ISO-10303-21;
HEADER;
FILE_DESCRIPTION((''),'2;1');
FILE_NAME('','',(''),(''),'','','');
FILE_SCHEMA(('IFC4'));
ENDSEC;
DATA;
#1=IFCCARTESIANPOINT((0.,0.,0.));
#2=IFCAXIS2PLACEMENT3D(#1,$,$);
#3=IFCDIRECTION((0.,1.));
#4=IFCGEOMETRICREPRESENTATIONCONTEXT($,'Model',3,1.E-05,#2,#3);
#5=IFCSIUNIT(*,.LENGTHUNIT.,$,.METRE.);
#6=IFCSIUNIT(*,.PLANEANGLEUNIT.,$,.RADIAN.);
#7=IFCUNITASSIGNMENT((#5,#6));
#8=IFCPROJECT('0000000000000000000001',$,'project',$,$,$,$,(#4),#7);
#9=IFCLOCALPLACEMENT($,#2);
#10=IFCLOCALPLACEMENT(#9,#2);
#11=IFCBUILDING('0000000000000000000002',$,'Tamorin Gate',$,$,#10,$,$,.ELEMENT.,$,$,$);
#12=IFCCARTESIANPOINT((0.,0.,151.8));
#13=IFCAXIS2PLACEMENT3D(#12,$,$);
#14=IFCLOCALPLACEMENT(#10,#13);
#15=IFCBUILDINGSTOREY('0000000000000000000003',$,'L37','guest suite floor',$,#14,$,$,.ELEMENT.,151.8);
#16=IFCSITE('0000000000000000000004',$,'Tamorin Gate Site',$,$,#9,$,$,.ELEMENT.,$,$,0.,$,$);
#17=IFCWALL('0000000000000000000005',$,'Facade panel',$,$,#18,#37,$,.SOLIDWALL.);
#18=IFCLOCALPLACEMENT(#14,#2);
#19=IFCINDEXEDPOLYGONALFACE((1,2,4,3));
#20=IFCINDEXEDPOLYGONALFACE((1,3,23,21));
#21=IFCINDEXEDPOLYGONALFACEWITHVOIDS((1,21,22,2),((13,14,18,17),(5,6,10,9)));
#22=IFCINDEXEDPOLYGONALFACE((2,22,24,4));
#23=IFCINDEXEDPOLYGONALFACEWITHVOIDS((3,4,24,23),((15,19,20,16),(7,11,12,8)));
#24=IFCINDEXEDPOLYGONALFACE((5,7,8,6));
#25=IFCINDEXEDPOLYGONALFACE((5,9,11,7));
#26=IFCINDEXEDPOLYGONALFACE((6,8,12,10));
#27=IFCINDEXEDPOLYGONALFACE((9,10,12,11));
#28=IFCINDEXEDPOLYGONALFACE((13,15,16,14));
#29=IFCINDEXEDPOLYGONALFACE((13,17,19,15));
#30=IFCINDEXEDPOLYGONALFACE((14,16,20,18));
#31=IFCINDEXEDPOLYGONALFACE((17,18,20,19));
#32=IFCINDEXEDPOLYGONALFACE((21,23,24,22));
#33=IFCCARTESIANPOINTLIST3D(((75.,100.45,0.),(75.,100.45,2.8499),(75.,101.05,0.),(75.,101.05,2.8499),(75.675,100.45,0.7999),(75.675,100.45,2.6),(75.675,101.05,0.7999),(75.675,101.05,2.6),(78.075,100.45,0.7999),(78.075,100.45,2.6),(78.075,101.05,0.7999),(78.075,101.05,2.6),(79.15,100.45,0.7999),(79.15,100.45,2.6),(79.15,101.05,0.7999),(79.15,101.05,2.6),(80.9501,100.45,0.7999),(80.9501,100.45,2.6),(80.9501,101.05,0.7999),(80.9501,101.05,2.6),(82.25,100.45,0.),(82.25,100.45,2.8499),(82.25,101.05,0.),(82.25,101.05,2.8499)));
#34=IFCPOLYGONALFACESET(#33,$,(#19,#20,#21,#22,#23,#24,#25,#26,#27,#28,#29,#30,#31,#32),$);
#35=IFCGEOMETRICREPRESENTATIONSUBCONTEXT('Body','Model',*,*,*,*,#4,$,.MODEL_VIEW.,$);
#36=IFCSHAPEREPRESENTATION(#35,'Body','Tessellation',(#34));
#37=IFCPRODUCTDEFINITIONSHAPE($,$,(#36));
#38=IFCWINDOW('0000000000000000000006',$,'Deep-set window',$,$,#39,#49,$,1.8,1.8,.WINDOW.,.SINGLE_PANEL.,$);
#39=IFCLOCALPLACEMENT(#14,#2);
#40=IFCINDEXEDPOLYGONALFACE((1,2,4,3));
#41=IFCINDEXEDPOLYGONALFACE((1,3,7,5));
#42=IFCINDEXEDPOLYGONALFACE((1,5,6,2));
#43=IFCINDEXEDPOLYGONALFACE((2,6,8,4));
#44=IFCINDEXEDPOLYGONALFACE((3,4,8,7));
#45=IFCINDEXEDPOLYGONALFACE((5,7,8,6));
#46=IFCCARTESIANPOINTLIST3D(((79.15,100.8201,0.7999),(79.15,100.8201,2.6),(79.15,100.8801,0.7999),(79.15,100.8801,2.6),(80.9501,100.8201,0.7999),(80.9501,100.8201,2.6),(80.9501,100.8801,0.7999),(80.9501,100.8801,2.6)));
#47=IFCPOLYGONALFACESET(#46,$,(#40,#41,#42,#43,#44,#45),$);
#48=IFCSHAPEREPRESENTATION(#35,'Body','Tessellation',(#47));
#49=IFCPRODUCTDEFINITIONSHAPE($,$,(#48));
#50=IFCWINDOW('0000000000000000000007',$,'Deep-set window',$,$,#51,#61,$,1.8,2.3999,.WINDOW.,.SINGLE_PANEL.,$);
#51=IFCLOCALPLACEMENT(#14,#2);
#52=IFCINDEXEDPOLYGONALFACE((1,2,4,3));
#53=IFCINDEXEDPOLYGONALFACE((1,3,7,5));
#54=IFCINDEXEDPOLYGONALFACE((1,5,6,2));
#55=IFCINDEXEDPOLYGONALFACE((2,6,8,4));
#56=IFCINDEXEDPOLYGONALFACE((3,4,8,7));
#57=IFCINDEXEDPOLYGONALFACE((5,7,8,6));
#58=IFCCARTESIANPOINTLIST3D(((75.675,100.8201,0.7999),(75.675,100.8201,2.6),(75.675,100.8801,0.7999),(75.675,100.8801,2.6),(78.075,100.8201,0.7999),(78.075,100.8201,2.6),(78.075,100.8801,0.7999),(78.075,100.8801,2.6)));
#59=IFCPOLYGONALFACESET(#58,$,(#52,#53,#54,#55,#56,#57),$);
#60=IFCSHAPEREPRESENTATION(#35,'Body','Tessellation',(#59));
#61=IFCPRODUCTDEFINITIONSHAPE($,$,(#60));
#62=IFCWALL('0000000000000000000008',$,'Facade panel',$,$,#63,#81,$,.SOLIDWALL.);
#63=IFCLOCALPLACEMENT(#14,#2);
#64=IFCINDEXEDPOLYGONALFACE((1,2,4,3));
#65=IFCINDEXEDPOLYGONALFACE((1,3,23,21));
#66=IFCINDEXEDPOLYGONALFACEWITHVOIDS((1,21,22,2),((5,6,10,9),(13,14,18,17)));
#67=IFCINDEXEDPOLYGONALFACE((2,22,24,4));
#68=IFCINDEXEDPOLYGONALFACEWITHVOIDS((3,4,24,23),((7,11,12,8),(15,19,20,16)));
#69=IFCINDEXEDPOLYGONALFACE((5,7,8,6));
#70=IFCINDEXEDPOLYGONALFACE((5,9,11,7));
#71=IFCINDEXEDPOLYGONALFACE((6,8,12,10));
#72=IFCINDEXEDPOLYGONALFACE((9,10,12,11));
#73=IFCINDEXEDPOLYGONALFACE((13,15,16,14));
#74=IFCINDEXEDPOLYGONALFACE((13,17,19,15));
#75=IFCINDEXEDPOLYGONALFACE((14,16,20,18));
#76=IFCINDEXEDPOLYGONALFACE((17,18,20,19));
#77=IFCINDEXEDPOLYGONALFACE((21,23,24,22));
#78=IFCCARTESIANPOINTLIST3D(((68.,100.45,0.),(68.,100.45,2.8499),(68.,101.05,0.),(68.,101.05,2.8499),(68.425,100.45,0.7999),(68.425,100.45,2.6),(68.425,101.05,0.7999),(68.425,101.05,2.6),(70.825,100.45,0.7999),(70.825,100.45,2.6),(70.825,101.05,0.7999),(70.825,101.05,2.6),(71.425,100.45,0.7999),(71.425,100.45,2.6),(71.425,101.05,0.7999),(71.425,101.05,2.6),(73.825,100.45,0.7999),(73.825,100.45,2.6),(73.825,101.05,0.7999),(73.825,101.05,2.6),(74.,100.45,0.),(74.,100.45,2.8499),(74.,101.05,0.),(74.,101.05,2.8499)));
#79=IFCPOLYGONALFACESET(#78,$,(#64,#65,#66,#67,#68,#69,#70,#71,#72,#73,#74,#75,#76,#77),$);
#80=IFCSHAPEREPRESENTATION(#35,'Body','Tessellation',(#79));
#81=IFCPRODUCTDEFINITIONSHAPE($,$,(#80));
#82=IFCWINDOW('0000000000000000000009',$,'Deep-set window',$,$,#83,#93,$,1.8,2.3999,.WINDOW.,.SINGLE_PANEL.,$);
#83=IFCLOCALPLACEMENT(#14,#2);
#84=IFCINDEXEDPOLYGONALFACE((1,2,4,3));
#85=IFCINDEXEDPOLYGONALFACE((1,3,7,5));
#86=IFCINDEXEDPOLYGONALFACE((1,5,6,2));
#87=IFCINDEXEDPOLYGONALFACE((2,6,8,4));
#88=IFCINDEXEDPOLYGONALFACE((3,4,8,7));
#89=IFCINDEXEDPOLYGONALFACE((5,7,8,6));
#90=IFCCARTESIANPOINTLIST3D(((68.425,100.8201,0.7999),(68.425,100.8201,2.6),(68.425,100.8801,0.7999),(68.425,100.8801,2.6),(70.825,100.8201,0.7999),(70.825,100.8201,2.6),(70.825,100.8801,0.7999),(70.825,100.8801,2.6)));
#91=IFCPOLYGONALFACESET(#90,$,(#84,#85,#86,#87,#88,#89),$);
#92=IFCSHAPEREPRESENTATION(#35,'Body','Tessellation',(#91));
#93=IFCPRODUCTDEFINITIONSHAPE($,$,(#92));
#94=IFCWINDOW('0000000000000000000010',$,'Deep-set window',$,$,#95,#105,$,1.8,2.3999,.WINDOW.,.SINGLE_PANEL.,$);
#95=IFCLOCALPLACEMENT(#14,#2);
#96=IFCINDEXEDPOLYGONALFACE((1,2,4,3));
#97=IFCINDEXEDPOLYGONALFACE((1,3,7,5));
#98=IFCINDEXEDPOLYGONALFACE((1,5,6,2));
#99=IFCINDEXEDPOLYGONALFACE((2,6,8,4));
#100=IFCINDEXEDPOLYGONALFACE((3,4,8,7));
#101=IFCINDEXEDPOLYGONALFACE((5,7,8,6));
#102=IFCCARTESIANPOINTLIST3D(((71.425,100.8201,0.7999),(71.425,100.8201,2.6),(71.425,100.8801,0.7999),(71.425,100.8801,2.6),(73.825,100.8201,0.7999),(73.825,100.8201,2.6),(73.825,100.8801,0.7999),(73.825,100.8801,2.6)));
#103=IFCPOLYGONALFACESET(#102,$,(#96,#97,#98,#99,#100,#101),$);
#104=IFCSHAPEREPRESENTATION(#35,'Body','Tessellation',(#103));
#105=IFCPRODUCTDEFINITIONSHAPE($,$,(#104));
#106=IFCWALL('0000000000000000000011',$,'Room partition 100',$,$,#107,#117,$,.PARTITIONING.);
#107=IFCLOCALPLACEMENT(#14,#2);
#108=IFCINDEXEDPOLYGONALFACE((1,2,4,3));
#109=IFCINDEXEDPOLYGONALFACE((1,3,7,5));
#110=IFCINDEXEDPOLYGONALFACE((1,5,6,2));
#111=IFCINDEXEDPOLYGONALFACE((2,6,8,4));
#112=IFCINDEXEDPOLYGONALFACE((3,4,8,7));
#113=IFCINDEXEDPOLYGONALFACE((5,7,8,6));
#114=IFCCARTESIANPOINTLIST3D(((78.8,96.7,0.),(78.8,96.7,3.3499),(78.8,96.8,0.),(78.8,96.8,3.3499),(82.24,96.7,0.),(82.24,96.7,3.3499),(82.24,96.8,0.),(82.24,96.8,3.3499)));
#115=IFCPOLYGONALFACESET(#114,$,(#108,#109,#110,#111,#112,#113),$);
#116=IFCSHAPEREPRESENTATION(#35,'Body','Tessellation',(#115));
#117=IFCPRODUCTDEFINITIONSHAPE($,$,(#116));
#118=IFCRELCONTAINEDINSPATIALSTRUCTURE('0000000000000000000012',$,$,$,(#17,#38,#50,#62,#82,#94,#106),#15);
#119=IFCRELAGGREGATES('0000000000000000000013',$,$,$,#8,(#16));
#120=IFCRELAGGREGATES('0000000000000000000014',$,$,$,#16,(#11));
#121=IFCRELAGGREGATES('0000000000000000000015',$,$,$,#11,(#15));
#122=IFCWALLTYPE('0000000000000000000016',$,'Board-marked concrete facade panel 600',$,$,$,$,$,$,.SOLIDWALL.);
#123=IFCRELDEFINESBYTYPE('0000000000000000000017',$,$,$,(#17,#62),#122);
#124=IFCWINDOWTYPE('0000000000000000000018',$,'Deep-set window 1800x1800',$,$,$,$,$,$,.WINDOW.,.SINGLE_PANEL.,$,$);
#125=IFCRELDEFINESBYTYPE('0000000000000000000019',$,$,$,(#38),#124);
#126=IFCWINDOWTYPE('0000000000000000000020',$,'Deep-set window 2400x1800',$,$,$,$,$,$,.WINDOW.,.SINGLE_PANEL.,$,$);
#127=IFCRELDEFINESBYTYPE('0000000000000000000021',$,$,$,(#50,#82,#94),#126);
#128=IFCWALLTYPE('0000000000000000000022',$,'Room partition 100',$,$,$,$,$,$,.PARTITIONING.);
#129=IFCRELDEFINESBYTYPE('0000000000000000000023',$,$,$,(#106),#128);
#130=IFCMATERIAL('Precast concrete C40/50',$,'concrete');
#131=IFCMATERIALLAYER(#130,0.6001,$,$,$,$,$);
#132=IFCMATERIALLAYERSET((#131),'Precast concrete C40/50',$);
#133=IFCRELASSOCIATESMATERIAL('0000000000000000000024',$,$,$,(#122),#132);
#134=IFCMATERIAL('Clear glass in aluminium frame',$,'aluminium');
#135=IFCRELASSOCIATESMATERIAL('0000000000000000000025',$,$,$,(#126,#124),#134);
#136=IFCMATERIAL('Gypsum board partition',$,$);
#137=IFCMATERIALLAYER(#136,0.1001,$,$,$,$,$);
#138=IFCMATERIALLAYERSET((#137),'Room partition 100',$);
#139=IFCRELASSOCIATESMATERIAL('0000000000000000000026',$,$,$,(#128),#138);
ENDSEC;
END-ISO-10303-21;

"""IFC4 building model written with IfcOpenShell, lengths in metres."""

from ifc_helpers import new_model, si_unit, direction, frame, frame_2d, origin, place, context, subcontext, project, spatial, rectangle, extrude, material, layer, layer_set, type_object, element, fill, save


model = new_model("IFC4")

# Units and contexts
model_context = context("Model", 3, precision=1e-05, world=origin(), true_north=direction((0.0, 1.0)))
body_context = subcontext(model_context, "Body", "Model", "MODEL_VIEW")
ifc_project = project(units=[si_unit("LENGTHUNIT", "METRE"), si_unit("PLANEANGLEUNIT", "RADIAN")], contexts=[model_context])

# Site, building, storey
site_placement = place(None, origin())
site = spatial("IfcSite", under=ifc_project, at=site_placement, Name="Tamorin Gate Site", CompositionType="ELEMENT", RefElevation=0.0)
building_placement = place(site_placement, origin())
building = spatial("IfcBuilding", under=site, at=building_placement, Name="Tamorin Gate", CompositionType="ELEMENT")
storey_placement = place(building_placement, frame((0.0, 0.0, 151.8)))
storey = spatial("IfcBuildingStorey", under=building, at=storey_placement, Name="L37", Description="guest suite floor", CompositionType="ELEMENT", Elevation=151.8)

# Shared definitions
ifc_material_1 = material(Name="Precast concrete C40/50", Category="concrete")
ifc_layer_1 = layer(ifc_material_1, 0.6001)
ifc_layer_set_1 = layer_set([ifc_layer_1], Name="Precast concrete C40/50")
wall_type_1 = type_object("IfcWallType", Name="Board-marked concrete facade panel 600", PredefinedType="SOLIDWALL", material=ifc_layer_set_1)
ifc_material_2 = material(Name="Clear glass in aluminium frame", Category="aluminium")
window_type_1 = type_object("IfcWindowType", Name="Deep-set window 2400x1800", PartitioningType="SINGLE_PANEL", PredefinedType="WINDOW", material=ifc_material_2)

# Walls, openings, windows
wall_1_placement = place(storey_placement, frame((82.25, 100.75, 0.0), z_axis=(0.0, 0.0, 1.0), x_axis=(-1.0, 0.0, 0.0)))
wall_1 = element("IfcWall", 1, at=wall_1_placement, inside=storey, type_object=wall_type_1, Name="Facade panel", PredefinedType="SOLIDWALL", context=body_context, shape_type="SweptSolid", body=[
    extrude(rectangle(XDim=7.25, YDim=0.6001, at=frame_2d((3.625, 0.0))), origin(), (0.0, 0.0, 1.0), 2.8499),
])
opening_1_placement = place(wall_1_placement, frame((4.175, 0.0, 0.8)))
opening_1 = element("IfcOpeningElement", 2, at=opening_1_placement, cuts=wall_1, PredefinedType="OPENING", context=body_context, shape_type="SweptSolid", body=[
    extrude(rectangle(XDim=2.3999, YDim=1.8, at=frame_2d((1.2, 0.8999))), frame((0.0, 0.3101, 0.0), z_axis=(0.0, -1.0, 0.0), x_axis=(1.0, 0.0, 0.0)), (0.0, 0.0, 1.0), 0.6201),
])
opening_2_placement = place(wall_1_placement, frame((1.3, 0.0, 0.8)))
opening_2 = element("IfcOpeningElement", 3, at=opening_2_placement, cuts=wall_1, PredefinedType="OPENING", context=body_context, shape_type="SweptSolid", body=[
    extrude(rectangle(XDim=1.8, YDim=1.8, at=frame_2d((0.8999, 0.8999))), frame((0.0, 0.3101, 0.0), z_axis=(0.0, -1.0, 0.0), x_axis=(1.0, 0.0, 0.0)), (0.0, 0.0, 1.0), 0.6201),
])
window_type_2 = type_object("IfcWindowType", Name="Deep-set window 1800x1800", PartitioningType="SINGLE_PANEL", PredefinedType="WINDOW", material=ifc_material_2)
window_1_placement = place(opening_2_placement, origin())
window_1 = element("IfcWindow", 4, at=window_1_placement, inside=storey, type_object=window_type_2, Name="Deep-set window", OverallHeight=1.8, OverallWidth=1.8, PartitioningType="SINGLE_PANEL", PredefinedType="WINDOW", context=body_context, shape_type="SweptSolid", body=[
    extrude(rectangle(XDim=1.8, YDim=1.8, at=frame_2d((0.8999, 0.8999))), frame((0.0, -0.0701, 0.0), z_axis=(0.0, -1.0, 0.0), x_axis=(1.0, 0.0, 0.0)), (0.0, 0.0, 1.0), 0.0601),
])
fill(opening_2, window_1)
window_2_placement = place(opening_1_placement, origin())
window_2 = element("IfcWindow", 5, at=window_2_placement, inside=storey, type_object=window_type_1, Name="Deep-set window", OverallHeight=1.8, OverallWidth=2.3999, PartitioningType="SINGLE_PANEL", PredefinedType="WINDOW", context=body_context, shape_type="SweptSolid", body=[
    extrude(rectangle(XDim=2.3999, YDim=1.8, at=frame_2d((1.2, 0.8999))), frame((0.0, -0.0701, 0.0), z_axis=(0.0, -1.0, 0.0), x_axis=(1.0, 0.0, 0.0)), (0.0, 0.0, 1.0), 0.0601),
])
fill(opening_1, window_2)
wall_2_placement = place(storey_placement, frame((74.0, 100.75, 0.0), z_axis=(0.0, 0.0, 1.0), x_axis=(-1.0, 0.0, 0.0)))
wall_2 = element("IfcWall", 6, at=wall_2_placement, inside=storey, type_object=wall_type_1, Name="Facade panel", PredefinedType="SOLIDWALL", context=body_context, shape_type="SweptSolid", body=[
    extrude(rectangle(XDim=6.0, YDim=0.6001, at=frame_2d((3.0, 0.0))), origin(), (0.0, 0.0, 1.0), 2.8499),
])
opening_3_placement = place(wall_2_placement, frame((3.175, 0.0, 0.8)))
opening_3 = element("IfcOpeningElement", 7, at=opening_3_placement, cuts=wall_2, PredefinedType="OPENING", context=body_context, shape_type="SweptSolid", body=[
    extrude(rectangle(XDim=2.3999, YDim=1.8, at=frame_2d((1.2, 0.8999))), frame((0.0, 0.3101, 0.0), z_axis=(0.0, -1.0, 0.0), x_axis=(1.0, 0.0, 0.0)), (0.0, 0.0, 1.0), 0.6201),
])
opening_4_placement = place(wall_2_placement, frame((0.175, 0.0, 0.8)))
opening_4 = element("IfcOpeningElement", 8, at=opening_4_placement, cuts=wall_2, PredefinedType="OPENING", context=body_context, shape_type="SweptSolid", body=[
    extrude(rectangle(XDim=2.3999, YDim=1.8, at=frame_2d((1.2, 0.8999))), frame((0.0, 0.3101, 0.0), z_axis=(0.0, -1.0, 0.0), x_axis=(1.0, 0.0, 0.0)), (0.0, 0.0, 1.0), 0.6201),
])
window_3_placement = place(opening_3_placement, origin())
window_3 = element("IfcWindow", 9, at=window_3_placement, inside=storey, type_object=window_type_1, Name="Deep-set window", OverallHeight=1.8, OverallWidth=2.3999, PartitioningType="SINGLE_PANEL", PredefinedType="WINDOW", context=body_context, shape_type="SweptSolid", body=[
    extrude(rectangle(XDim=2.3999, YDim=1.8, at=frame_2d((1.2, 0.8999))), frame((0.0, -0.0701, 0.0), z_axis=(0.0, -1.0, 0.0), x_axis=(1.0, 0.0, 0.0)), (0.0, 0.0, 1.0), 0.0601),
])
fill(opening_3, window_3)
window_4_placement = place(opening_4_placement, origin())
window_4 = element("IfcWindow", 10, at=window_4_placement, inside=storey, type_object=window_type_1, Name="Deep-set window", OverallHeight=1.8, OverallWidth=2.3999, PartitioningType="SINGLE_PANEL", PredefinedType="WINDOW", context=body_context, shape_type="SweptSolid", body=[
    extrude(rectangle(XDim=2.3999, YDim=1.8, at=frame_2d((1.2, 0.8999))), frame((0.0, -0.0701, 0.0), z_axis=(0.0, -1.0, 0.0), x_axis=(1.0, 0.0, 0.0)), (0.0, 0.0, 1.0), 0.0601),
])
fill(opening_4, window_4)

# Wall
ifc_material_3 = material(Name="Gypsum board partition")
ifc_layer_2 = layer(ifc_material_3, 0.1001)
ifc_layer_set_2 = layer_set([ifc_layer_2], Name="Room partition 100")
wall_type_2 = type_object("IfcWallType", Name="Room partition 100", PredefinedType="PARTITIONING", material=ifc_layer_set_2)
wall_3_placement = place(storey_placement, frame((78.8, 96.75, 0.0), z_axis=(0.0, 0.0, 1.0), x_axis=(1.0, 0.0, 0.0)))
element("IfcWall", 11, at=wall_3_placement, inside=storey, type_object=wall_type_2, Name="Room partition 100", PredefinedType="PARTITIONING", context=body_context, shape_type="SweptSolid", body=[
    extrude(rectangle(XDim=3.4399, YDim=0.1001, at=frame_2d((1.72, 0.0))), origin(), (0.0, 0.0, 1.0), 3.3499),
])

save(model, "model.ifc")
